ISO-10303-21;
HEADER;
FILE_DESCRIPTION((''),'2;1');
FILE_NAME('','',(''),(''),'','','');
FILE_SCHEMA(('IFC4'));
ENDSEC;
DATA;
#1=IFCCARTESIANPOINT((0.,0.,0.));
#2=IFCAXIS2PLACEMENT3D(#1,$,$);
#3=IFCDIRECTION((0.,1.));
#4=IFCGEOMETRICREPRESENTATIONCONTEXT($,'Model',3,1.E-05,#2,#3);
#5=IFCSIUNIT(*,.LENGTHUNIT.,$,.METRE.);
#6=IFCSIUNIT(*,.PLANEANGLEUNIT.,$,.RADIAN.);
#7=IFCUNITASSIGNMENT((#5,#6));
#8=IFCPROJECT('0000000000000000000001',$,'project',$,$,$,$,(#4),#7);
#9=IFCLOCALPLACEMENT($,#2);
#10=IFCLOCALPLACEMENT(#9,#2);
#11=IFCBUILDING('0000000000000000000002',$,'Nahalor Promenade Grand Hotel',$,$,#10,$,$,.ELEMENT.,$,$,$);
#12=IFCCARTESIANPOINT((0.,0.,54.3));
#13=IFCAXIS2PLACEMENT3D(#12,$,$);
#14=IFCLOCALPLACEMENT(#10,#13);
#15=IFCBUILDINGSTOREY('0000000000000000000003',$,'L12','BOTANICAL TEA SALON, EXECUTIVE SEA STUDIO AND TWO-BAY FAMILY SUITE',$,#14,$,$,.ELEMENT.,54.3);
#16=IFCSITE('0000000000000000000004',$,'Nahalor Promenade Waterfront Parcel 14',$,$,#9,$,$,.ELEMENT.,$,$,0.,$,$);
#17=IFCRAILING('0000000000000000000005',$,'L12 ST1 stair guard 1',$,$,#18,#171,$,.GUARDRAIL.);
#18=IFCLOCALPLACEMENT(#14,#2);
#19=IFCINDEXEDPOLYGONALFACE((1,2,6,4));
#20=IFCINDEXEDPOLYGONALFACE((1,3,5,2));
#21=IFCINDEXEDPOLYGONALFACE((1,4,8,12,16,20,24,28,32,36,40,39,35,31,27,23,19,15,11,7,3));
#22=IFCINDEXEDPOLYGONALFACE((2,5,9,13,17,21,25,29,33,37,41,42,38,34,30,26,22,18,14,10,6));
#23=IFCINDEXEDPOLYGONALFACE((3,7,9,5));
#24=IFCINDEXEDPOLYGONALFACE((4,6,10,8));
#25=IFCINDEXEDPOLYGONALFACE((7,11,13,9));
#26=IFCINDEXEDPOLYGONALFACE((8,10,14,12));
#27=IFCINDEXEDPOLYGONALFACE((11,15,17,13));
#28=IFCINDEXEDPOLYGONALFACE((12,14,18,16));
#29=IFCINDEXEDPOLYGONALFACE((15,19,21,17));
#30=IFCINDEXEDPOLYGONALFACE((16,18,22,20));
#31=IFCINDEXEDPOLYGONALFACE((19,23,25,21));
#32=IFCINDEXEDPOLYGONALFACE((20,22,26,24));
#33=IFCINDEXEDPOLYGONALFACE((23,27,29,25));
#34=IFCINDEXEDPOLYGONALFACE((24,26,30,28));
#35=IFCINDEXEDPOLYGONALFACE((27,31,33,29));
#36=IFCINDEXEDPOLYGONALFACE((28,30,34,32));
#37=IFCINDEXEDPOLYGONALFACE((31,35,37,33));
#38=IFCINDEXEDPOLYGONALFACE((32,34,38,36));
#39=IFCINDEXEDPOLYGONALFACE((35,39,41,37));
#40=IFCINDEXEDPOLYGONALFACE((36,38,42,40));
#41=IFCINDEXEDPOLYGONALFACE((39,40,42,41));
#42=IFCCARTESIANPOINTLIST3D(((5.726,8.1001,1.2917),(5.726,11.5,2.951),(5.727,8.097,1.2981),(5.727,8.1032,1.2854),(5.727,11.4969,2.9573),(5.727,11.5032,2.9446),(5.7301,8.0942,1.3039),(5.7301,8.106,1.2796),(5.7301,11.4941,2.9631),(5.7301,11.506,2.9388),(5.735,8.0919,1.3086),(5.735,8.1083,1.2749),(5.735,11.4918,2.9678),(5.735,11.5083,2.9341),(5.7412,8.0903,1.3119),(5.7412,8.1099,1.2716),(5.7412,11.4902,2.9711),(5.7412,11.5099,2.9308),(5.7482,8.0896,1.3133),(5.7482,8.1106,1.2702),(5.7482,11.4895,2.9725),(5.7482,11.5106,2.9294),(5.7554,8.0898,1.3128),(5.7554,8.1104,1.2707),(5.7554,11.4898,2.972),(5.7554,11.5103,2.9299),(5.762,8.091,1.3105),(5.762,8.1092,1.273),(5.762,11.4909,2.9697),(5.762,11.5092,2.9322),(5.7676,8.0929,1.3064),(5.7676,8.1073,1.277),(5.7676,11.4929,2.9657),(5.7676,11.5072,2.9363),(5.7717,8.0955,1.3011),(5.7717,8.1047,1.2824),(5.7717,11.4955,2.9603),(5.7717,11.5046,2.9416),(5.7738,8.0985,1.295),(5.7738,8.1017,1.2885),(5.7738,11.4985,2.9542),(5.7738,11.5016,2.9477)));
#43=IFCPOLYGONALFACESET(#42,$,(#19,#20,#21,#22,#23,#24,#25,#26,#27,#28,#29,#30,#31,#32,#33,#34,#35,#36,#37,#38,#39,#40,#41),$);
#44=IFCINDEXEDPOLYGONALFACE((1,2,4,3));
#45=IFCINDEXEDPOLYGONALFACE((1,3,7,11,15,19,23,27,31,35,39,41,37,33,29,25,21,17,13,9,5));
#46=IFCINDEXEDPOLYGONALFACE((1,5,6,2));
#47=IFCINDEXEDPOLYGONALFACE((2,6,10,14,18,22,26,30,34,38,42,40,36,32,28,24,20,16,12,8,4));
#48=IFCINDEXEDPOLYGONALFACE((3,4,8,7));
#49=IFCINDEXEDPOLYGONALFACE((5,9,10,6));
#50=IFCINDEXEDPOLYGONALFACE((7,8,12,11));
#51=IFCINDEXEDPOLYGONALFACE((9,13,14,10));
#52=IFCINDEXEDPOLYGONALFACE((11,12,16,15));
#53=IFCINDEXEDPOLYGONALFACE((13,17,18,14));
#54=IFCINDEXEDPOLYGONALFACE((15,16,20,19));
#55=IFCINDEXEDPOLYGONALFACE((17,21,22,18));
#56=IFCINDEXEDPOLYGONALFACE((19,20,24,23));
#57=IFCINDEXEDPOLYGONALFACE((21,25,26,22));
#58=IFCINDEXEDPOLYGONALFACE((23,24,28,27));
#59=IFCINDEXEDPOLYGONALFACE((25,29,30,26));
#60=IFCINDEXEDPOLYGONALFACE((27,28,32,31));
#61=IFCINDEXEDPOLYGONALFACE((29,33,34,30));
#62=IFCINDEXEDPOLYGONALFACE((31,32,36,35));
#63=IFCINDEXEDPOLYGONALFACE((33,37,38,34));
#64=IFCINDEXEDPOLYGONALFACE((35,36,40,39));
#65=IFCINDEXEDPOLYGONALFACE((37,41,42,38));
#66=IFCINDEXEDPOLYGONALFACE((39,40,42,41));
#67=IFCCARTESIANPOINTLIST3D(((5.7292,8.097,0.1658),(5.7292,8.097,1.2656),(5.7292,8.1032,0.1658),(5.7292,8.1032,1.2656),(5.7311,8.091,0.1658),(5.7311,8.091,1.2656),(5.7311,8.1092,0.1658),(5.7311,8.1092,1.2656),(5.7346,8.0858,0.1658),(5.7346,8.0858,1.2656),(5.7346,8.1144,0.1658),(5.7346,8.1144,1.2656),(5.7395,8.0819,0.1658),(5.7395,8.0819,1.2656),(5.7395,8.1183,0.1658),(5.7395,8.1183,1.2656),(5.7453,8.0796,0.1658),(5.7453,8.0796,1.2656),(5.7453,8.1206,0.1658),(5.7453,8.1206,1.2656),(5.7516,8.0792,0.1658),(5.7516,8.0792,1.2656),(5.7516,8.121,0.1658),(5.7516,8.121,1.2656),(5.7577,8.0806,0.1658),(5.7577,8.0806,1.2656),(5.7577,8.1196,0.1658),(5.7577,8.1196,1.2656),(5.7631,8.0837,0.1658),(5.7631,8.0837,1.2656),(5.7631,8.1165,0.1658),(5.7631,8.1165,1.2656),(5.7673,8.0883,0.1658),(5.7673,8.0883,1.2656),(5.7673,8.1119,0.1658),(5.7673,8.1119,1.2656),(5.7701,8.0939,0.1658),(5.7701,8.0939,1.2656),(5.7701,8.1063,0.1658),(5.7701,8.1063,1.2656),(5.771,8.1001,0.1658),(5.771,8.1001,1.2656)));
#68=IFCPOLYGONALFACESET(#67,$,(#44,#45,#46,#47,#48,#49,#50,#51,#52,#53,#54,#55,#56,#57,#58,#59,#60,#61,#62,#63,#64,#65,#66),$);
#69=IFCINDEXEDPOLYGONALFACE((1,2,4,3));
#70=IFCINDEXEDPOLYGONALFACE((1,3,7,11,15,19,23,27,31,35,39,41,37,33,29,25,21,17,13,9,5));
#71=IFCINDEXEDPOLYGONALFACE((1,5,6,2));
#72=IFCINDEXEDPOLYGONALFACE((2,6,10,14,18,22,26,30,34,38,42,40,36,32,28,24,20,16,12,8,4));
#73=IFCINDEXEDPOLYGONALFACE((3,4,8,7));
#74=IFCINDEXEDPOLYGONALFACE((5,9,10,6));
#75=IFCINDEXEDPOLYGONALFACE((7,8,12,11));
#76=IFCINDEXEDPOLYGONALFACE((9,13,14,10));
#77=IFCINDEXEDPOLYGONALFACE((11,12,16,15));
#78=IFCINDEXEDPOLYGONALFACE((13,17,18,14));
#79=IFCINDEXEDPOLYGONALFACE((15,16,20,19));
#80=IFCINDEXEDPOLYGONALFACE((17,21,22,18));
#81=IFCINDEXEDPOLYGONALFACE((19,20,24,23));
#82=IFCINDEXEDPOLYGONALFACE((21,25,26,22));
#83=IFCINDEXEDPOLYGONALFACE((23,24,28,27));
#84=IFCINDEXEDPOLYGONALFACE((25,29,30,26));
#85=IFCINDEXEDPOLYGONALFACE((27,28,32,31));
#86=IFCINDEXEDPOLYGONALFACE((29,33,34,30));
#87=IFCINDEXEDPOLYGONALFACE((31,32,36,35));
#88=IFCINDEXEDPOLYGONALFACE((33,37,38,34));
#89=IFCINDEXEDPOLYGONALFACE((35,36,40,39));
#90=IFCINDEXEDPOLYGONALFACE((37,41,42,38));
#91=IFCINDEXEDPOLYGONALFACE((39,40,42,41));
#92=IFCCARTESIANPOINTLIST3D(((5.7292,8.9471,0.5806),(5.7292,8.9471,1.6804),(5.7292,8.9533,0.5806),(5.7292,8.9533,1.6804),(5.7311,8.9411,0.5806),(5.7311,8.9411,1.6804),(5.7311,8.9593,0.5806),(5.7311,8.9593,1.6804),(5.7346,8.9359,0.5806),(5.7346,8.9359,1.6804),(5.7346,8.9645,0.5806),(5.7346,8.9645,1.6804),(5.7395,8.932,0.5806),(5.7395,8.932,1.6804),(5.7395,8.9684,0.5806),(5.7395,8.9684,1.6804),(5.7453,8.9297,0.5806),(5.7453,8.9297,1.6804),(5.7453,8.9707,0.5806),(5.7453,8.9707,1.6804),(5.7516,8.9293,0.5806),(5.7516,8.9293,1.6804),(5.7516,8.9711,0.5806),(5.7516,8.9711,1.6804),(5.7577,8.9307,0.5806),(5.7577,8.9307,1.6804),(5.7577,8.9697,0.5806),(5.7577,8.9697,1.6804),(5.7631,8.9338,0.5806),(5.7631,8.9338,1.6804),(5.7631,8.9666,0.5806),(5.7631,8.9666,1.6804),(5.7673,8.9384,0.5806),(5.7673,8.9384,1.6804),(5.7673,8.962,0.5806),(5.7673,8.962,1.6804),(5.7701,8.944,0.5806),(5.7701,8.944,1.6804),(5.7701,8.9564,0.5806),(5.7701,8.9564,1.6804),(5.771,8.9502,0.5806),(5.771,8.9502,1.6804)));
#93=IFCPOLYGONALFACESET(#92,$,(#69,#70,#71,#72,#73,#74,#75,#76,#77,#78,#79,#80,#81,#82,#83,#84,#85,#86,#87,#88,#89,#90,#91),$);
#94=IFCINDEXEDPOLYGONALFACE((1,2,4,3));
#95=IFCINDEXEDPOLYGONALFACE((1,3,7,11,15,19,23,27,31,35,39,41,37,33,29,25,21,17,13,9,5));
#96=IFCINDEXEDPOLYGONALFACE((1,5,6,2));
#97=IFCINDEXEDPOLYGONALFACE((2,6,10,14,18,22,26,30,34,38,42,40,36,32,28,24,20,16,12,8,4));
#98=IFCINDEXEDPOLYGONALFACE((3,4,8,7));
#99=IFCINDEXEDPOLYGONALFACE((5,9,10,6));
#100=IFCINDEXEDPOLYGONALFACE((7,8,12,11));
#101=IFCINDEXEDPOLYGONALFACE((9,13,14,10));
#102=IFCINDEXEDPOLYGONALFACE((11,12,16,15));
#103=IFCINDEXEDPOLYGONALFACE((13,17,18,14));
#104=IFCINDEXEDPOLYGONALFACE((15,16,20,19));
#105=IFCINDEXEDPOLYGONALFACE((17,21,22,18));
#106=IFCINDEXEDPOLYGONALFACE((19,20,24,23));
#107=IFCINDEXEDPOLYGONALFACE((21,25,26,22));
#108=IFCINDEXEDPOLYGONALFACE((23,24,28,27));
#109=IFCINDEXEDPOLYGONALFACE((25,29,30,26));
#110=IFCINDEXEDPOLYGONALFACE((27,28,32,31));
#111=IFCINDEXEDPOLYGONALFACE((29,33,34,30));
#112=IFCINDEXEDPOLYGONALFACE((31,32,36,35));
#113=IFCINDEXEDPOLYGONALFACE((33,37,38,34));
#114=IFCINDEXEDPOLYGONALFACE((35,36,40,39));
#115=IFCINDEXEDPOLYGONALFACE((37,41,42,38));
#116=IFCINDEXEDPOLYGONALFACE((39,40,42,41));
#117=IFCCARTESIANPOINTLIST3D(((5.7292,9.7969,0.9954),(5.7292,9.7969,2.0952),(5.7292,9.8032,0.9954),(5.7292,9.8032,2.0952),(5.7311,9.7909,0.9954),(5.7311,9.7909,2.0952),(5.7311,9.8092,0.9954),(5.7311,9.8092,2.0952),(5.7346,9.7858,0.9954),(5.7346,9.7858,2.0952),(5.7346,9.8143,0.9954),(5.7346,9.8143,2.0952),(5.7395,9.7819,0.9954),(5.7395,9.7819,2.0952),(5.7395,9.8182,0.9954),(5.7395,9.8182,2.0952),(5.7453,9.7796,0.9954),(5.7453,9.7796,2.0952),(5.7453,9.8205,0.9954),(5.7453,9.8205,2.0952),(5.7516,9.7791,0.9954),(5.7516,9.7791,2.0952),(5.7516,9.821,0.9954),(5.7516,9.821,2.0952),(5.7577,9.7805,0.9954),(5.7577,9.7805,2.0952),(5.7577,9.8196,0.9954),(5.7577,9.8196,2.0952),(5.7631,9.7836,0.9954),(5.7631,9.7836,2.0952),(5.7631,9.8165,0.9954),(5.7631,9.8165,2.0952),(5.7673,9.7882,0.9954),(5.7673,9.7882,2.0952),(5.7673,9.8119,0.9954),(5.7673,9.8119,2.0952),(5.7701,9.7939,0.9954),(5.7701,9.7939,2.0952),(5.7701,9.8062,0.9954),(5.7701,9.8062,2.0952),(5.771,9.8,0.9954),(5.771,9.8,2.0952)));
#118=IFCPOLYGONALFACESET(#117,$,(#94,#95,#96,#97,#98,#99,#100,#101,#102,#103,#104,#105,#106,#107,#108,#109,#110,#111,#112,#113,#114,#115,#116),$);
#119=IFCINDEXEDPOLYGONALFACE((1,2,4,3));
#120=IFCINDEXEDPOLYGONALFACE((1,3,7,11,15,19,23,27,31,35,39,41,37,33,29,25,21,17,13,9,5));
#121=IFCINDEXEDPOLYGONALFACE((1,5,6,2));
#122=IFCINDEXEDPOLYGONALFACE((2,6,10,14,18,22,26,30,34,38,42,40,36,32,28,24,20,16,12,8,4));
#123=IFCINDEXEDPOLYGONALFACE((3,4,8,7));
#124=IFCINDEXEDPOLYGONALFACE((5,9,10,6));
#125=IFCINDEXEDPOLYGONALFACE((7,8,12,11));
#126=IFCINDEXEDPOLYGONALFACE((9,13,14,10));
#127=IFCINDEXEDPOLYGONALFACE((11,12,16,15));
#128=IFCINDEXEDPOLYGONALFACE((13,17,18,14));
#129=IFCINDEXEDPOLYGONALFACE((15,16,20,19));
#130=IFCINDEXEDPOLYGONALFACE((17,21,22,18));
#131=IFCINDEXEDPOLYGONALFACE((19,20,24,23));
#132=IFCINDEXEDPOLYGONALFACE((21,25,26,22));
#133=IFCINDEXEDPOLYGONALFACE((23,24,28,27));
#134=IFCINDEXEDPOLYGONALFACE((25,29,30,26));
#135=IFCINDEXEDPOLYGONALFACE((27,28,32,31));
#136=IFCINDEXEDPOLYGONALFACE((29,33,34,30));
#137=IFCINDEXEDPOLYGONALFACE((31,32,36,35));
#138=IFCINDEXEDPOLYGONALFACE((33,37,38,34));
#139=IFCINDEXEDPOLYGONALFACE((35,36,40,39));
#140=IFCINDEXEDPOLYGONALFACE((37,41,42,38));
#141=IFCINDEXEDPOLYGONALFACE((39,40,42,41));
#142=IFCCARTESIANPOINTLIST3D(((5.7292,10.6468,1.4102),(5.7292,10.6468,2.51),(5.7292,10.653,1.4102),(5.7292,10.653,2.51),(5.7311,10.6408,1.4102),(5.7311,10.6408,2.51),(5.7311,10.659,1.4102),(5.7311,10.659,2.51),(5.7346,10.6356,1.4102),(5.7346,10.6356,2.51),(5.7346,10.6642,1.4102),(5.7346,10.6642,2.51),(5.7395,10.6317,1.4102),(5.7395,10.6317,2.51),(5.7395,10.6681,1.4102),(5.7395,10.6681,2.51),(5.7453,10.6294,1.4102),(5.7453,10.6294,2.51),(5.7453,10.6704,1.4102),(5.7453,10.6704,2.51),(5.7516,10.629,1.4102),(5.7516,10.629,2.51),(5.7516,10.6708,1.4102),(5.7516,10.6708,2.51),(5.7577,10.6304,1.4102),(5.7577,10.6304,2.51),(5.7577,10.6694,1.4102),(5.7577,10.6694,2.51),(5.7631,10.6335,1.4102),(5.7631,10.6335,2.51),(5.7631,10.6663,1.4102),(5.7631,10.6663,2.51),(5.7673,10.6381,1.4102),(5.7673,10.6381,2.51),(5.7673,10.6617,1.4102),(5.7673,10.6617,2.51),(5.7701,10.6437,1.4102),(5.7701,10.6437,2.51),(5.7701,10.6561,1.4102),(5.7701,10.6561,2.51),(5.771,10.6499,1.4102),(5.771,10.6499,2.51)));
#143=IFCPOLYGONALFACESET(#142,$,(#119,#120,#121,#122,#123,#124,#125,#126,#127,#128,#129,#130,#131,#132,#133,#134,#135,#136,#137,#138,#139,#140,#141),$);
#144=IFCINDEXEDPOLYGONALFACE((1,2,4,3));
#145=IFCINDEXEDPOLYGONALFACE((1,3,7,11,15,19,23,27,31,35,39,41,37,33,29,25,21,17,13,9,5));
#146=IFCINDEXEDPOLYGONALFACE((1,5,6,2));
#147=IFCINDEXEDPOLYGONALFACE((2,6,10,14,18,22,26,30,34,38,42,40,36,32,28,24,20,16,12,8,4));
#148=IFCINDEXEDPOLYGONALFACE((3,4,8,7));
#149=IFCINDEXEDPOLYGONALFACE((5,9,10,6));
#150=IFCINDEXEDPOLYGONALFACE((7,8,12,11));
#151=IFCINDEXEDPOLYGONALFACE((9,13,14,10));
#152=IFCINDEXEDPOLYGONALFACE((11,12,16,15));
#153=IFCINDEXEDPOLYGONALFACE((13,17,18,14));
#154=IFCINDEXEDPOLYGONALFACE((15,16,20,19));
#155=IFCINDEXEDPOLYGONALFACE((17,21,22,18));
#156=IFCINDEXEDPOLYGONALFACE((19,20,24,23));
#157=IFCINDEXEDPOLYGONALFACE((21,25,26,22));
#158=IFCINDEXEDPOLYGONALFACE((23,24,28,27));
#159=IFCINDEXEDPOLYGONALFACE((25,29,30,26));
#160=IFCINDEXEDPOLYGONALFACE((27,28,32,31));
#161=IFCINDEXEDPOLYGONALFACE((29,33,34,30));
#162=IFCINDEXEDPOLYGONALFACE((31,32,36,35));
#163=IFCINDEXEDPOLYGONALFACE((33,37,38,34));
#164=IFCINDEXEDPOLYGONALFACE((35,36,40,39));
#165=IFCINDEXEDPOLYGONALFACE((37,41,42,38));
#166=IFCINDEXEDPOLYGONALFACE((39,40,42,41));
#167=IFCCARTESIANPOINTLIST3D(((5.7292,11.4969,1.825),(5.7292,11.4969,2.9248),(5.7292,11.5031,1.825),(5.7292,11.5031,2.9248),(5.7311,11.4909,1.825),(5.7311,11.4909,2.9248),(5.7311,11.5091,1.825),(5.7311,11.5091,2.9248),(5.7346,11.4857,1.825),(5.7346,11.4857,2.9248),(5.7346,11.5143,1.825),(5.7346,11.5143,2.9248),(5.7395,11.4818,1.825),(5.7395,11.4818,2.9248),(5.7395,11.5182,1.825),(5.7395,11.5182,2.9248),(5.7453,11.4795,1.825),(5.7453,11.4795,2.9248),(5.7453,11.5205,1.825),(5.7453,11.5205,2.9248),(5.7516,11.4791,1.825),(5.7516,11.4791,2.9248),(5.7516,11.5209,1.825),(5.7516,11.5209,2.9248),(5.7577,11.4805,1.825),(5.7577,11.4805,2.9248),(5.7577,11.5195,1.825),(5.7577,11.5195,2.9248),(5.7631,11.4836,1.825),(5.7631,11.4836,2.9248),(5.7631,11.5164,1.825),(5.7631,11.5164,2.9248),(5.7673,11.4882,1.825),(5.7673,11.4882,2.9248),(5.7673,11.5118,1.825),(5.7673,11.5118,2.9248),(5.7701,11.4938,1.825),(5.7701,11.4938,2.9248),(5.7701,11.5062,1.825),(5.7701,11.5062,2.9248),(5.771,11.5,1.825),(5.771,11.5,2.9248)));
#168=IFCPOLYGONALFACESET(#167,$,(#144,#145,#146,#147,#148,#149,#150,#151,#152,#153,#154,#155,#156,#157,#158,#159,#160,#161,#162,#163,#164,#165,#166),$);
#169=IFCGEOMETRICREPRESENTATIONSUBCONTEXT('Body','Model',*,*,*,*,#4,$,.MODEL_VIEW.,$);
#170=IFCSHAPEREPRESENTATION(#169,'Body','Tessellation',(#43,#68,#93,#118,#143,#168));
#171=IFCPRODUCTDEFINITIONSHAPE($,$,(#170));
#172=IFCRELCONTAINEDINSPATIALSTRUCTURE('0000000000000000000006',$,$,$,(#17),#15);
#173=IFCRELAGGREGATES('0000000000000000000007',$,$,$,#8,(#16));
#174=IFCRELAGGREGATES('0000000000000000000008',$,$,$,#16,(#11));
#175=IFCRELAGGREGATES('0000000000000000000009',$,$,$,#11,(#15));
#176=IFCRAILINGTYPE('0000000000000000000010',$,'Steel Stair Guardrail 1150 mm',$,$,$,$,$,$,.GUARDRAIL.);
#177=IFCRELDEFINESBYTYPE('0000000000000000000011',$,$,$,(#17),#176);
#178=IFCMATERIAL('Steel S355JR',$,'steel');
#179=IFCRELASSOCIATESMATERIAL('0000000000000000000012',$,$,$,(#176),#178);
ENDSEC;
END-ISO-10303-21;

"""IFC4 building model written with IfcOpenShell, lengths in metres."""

from ifc_helpers import new_model, si_unit, direction, frame, origin, origin_2d, place, context, subcontext, project, spatial, circle, extrude, material, type_object, element, save


model = new_model("IFC4")

# Units and contexts
model_context = context("Model", 3, precision=1e-05, world=origin(), true_north=direction((0.0, 1.0)))
body_context = subcontext(model_context, "Body", "Model", "MODEL_VIEW")
ifc_project = project(units=[si_unit("LENGTHUNIT", "METRE"), si_unit("PLANEANGLEUNIT", "RADIAN")], contexts=[model_context])

# Site, building, storey
site_placement = place(None, origin())
site = spatial("IfcSite", under=ifc_project, at=site_placement, Name="Nahalor Promenade Waterfront Parcel 14", CompositionType="ELEMENT", RefElevation=0.0)
building_placement = place(site_placement, origin())
building = spatial("IfcBuilding", under=site, at=building_placement, Name="Nahalor Promenade Grand Hotel", CompositionType="ELEMENT")
storey_placement = place(building_placement, frame((0.0, 0.0, 54.3)))
storey = spatial("IfcBuildingStorey", under=building, at=storey_placement, Name="L12", Description="BOTANICAL TEA SALON, EXECUTIVE SEA STUDIO AND TWO-BAY FAMILY SUITE", CompositionType="ELEMENT", Elevation=54.3)

# Shared definitions
ifc_material_1 = material(Name="Steel S355JR", Category="steel")

# Railing
railing_type_1 = type_object("IfcRailingType", Name="Steel Stair Guardrail 1150 mm", PredefinedType="GUARDRAIL", material=ifc_material_1)
railing_1_placement = place(storey_placement, frame((5.75, 8.1001, 0.1658)))
element("IfcRailing", 1, at=railing_1_placement, inside=storey, type_object=railing_type_1, Name="L12 ST1 stair guard 1", PredefinedType="GUARDRAIL", context=body_context, shape_type="SweptSolid", body=[
    extrude(circle(Radius=0.024, at=origin_2d()), frame((0.0, 0.0, 1.126), z_axis=(0.0, 0.898696, 0.438571), x_axis=(-1.0, 0.0, 0.0)), (0.0, 0.0, 1.0), 3.7832),
    extrude(circle(Radius=0.021, at=origin_2d()), origin(), (0.0, 0.0, 1.0), 1.0999),
    extrude(circle(Radius=0.021, at=origin_2d()), frame((0.0, 0.8501, 0.4148)), (0.0, 0.0, 1.0), 1.0999),
    extrude(circle(Radius=0.021, at=origin_2d()), frame((0.0, 1.7, 0.8296)), (0.0, 0.0, 1.0), 1.0999),
    extrude(circle(Radius=0.021, at=origin_2d()), frame((0.0, 2.5498, 1.2444)), (0.0, 0.0, 1.0), 1.0999),
    extrude(circle(Radius=0.021, at=origin_2d()), frame((0.0, 3.3999, 1.6592)), (0.0, 0.0, 1.0), 1.0999),
])

save(model, "model.ifc")
